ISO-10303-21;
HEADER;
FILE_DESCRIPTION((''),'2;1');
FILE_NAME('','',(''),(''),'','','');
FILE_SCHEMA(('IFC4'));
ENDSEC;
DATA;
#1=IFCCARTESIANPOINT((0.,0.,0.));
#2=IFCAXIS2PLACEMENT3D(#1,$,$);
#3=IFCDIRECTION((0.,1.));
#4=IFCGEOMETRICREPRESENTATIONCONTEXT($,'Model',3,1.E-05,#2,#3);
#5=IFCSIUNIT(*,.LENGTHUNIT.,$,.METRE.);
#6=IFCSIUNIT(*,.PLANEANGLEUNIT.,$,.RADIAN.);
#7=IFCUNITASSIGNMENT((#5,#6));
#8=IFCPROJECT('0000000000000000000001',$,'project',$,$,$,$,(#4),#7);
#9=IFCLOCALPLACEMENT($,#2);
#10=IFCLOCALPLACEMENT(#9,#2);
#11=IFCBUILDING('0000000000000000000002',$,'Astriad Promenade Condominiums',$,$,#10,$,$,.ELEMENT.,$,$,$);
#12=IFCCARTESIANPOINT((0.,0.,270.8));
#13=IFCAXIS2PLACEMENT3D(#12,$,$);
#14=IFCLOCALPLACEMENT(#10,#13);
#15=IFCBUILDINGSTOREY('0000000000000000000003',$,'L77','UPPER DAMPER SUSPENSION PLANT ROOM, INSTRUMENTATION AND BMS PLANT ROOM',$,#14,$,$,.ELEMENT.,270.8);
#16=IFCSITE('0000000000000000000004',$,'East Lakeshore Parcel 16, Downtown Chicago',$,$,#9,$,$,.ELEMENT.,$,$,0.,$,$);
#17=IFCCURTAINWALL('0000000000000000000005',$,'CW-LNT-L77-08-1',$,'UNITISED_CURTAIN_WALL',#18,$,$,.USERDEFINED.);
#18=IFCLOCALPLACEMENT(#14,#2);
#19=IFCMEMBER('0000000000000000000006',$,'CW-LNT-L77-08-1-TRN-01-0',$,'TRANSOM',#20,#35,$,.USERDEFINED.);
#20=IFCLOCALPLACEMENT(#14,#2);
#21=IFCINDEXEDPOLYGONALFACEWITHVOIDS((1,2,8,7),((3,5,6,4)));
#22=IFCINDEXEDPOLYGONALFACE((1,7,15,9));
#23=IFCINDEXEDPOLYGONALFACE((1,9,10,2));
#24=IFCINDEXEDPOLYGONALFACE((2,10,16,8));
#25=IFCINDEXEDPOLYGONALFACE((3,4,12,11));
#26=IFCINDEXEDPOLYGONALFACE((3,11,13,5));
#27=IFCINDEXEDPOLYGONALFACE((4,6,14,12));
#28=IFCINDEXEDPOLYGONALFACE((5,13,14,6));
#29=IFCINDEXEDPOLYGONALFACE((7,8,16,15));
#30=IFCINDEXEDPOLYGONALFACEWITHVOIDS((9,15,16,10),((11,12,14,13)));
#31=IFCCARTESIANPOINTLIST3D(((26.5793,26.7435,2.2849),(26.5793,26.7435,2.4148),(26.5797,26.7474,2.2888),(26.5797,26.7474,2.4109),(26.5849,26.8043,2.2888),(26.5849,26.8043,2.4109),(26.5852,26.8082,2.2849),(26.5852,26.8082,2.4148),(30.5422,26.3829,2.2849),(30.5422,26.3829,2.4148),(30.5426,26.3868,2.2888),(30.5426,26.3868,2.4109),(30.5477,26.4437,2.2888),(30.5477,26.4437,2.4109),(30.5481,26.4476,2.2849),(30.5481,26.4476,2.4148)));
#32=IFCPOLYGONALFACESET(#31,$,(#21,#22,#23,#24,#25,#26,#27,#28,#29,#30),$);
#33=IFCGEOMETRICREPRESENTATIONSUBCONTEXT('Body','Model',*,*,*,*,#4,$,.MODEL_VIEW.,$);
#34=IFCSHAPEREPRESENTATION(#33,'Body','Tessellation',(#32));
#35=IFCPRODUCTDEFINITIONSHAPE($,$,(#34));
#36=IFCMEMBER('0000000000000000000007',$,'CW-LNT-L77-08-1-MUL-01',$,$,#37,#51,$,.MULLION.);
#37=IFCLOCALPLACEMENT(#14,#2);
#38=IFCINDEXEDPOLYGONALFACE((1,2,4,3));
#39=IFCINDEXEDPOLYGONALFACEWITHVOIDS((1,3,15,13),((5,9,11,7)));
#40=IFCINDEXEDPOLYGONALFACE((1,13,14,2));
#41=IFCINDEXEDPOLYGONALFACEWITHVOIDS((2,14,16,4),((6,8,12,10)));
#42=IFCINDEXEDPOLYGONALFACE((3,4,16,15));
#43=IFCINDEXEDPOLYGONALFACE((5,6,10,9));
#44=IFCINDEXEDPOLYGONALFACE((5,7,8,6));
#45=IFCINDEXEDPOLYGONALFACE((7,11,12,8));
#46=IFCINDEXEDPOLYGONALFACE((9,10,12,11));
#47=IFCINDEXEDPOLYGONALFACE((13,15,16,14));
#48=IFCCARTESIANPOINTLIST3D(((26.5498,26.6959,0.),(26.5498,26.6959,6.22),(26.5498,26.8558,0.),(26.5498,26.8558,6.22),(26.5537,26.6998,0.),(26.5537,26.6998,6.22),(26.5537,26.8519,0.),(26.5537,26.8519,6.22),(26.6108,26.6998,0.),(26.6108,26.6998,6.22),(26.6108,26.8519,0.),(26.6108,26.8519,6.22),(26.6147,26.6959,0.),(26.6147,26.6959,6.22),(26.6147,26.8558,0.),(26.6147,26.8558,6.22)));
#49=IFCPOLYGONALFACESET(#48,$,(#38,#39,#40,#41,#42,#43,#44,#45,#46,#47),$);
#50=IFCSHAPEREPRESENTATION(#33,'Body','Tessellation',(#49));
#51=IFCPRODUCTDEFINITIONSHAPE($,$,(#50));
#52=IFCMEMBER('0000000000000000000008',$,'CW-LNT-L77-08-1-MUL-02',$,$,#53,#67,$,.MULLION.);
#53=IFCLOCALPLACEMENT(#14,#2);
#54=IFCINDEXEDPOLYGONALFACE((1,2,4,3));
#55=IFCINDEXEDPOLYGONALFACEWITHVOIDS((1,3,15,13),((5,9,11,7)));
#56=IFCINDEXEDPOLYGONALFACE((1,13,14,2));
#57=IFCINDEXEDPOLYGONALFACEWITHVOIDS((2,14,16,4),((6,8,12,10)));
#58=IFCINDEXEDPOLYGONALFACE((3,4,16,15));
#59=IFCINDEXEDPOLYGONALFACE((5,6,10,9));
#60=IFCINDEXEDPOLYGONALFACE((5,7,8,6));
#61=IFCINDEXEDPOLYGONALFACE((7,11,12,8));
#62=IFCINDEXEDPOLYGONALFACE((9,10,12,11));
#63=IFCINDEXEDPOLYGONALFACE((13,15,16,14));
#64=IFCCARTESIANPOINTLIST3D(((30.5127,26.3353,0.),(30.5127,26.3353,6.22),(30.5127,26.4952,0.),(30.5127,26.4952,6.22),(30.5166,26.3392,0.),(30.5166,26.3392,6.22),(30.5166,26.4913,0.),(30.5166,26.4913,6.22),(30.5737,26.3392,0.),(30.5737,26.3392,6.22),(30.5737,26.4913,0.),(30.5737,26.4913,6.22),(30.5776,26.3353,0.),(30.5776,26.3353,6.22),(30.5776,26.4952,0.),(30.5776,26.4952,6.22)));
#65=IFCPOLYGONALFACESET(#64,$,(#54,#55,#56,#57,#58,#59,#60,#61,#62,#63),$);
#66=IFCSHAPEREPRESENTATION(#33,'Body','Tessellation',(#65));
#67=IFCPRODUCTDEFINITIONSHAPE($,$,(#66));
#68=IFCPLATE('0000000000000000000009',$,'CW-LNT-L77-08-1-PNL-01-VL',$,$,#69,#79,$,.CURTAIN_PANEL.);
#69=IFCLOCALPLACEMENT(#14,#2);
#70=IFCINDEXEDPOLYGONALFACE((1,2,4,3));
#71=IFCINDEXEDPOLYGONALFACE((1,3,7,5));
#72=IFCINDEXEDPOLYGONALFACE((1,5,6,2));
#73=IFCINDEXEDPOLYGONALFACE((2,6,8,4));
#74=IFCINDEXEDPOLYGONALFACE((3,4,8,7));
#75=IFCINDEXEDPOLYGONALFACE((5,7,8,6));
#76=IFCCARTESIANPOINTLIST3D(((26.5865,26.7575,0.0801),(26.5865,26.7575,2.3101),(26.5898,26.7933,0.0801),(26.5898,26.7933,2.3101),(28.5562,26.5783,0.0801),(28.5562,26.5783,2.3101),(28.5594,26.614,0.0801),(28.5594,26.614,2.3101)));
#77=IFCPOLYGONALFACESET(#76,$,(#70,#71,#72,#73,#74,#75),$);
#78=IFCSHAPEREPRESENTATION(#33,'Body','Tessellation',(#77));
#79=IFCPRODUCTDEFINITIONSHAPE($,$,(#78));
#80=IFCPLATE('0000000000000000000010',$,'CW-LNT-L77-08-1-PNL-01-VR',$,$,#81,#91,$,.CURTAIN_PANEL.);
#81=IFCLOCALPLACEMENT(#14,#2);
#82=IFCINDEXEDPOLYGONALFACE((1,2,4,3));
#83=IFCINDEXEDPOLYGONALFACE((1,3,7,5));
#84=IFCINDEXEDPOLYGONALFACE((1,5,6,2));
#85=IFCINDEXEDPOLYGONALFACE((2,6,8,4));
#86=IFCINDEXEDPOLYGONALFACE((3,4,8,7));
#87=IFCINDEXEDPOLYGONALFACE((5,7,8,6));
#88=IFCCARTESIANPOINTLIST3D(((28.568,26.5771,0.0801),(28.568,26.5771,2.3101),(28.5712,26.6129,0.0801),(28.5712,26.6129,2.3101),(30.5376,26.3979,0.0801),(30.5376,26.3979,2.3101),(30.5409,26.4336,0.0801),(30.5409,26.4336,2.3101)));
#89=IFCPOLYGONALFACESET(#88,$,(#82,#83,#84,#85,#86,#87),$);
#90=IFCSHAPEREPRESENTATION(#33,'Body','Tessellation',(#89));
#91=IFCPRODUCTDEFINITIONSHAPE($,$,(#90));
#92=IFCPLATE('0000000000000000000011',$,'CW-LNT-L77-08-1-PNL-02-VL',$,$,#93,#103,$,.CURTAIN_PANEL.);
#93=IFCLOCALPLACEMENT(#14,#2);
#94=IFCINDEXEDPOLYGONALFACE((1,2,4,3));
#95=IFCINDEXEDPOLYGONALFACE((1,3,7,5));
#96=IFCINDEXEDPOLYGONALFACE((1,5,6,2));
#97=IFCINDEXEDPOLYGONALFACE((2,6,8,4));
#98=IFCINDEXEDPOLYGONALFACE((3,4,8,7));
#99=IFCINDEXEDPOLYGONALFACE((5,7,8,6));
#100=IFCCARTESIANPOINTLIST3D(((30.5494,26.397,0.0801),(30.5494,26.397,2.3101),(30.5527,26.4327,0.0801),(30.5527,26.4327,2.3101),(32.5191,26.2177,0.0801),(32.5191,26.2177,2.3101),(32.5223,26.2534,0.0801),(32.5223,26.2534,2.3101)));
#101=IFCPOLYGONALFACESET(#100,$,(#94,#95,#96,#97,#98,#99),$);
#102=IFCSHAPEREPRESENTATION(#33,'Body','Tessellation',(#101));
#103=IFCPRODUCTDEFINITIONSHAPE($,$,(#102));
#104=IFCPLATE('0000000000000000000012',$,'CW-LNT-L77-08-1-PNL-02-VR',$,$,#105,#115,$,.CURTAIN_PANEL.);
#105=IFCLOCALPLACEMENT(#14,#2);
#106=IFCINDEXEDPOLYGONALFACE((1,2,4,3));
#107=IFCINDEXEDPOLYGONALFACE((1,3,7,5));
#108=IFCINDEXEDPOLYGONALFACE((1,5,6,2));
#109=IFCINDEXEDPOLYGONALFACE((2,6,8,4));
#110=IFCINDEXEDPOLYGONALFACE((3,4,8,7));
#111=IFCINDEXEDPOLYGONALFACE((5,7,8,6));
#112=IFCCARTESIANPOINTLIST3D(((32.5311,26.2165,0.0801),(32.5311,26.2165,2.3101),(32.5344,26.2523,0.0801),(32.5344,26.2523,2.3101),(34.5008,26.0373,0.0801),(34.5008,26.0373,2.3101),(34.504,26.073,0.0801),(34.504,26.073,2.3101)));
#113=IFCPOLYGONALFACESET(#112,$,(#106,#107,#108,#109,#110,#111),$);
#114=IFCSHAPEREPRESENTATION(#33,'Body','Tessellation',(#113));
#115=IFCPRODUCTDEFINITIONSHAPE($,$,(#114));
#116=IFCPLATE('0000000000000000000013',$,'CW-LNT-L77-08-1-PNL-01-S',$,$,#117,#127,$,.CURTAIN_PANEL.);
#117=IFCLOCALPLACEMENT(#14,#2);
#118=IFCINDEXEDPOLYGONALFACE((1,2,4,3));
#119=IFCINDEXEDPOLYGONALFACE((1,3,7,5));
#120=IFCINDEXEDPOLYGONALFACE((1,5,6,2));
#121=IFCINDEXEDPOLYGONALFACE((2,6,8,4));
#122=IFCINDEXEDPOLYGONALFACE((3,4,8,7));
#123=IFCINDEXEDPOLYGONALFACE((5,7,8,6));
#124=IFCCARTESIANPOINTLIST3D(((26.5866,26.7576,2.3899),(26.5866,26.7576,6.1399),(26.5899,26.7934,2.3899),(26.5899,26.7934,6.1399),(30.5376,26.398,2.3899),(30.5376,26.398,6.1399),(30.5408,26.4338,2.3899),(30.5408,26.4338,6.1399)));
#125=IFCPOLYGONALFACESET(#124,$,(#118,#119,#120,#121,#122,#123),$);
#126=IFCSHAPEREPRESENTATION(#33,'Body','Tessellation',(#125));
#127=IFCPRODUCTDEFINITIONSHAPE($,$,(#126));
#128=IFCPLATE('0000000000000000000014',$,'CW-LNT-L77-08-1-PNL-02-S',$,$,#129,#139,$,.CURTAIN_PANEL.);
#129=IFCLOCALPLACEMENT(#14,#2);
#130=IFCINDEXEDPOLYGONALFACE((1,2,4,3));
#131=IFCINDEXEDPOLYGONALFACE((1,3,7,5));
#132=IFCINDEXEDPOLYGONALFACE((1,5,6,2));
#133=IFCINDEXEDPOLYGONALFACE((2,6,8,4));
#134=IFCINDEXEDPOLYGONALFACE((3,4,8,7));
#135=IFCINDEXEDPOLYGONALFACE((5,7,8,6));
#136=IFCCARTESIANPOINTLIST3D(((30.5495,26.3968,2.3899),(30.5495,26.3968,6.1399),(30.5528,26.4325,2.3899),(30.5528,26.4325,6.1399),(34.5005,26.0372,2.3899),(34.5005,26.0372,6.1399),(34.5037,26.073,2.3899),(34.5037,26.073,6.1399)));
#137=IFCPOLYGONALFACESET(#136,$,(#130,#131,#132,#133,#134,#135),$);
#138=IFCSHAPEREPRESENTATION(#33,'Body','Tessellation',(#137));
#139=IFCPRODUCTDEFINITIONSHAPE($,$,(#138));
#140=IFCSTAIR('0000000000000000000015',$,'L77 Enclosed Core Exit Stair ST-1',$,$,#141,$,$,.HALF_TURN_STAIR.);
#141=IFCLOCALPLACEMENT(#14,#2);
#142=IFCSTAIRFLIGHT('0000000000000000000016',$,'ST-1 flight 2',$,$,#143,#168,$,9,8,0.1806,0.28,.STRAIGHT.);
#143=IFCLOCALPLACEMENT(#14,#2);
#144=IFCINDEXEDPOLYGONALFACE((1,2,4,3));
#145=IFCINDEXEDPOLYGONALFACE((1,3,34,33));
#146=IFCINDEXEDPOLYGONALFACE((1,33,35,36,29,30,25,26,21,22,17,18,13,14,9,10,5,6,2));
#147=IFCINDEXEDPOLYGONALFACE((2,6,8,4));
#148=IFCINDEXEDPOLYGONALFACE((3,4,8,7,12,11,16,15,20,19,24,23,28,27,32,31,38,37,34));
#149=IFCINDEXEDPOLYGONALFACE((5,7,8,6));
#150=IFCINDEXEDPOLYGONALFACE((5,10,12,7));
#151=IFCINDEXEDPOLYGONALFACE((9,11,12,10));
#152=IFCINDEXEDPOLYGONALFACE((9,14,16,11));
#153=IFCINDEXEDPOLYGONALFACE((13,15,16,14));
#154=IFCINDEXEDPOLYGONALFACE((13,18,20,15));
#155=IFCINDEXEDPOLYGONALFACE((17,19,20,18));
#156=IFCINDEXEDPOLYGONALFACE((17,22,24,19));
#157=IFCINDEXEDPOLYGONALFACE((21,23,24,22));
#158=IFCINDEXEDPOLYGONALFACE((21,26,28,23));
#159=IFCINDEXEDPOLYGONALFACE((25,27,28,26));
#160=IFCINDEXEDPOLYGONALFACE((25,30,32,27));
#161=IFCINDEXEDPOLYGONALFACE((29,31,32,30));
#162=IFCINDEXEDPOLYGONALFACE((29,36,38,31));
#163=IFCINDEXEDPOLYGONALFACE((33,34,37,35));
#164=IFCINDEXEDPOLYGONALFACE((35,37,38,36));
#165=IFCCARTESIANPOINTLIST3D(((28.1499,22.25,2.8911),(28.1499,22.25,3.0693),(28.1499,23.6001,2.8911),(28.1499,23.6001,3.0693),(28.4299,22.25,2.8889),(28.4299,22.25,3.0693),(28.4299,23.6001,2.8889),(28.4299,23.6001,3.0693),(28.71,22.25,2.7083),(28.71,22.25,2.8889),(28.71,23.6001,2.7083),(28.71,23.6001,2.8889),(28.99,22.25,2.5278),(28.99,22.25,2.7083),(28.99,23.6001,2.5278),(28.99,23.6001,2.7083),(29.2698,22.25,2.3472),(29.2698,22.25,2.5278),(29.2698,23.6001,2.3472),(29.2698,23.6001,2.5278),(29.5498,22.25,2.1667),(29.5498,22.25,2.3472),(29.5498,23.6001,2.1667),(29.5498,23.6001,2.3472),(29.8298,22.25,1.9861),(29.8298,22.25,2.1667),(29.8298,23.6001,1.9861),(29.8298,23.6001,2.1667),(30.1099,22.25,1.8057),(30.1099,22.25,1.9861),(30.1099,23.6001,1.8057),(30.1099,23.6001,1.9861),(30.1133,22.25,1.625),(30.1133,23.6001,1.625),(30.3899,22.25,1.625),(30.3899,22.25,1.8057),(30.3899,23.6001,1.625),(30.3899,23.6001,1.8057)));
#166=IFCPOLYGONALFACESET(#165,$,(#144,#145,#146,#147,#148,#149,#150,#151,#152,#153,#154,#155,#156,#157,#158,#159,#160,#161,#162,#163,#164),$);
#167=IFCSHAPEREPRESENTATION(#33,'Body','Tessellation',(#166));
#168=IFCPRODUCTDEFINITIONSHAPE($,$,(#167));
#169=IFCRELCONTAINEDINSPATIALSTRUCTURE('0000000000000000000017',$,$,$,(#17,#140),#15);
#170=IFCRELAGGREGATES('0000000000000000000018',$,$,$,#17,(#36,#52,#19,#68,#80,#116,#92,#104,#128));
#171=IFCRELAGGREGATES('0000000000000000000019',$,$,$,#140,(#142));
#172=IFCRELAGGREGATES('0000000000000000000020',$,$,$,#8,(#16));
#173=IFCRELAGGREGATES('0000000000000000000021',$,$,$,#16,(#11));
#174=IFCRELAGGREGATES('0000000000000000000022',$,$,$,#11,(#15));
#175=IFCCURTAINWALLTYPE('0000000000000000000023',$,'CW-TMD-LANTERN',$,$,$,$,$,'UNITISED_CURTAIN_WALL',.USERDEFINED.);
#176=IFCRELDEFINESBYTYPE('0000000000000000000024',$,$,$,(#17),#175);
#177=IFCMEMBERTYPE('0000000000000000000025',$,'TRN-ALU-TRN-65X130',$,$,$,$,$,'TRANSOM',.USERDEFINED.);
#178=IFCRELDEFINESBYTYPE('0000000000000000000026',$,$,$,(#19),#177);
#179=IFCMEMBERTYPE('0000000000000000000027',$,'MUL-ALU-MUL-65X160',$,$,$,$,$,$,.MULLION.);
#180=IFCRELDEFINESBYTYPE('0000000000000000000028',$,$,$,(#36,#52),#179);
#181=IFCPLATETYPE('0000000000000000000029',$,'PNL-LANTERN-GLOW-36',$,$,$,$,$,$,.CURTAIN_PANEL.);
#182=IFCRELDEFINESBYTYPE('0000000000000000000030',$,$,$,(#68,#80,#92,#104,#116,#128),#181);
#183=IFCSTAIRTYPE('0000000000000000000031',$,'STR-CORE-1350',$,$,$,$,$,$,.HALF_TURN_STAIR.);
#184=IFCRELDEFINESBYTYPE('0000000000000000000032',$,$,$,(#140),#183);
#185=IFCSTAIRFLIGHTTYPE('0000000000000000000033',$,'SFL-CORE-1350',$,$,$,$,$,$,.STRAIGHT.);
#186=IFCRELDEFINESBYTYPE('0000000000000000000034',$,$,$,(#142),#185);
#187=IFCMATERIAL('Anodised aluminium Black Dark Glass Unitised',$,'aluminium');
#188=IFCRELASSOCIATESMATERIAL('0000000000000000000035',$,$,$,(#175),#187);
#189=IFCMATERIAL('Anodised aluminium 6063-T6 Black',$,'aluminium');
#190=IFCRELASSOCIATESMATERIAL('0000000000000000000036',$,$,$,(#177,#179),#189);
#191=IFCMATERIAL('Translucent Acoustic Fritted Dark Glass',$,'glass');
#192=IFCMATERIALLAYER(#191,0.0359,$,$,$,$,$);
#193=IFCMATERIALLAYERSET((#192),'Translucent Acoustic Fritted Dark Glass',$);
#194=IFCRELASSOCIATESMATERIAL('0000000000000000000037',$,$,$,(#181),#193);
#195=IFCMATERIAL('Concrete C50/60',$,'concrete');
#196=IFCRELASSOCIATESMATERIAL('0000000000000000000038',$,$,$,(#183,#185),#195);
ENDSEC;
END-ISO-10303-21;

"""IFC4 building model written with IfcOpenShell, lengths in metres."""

from ifc_helpers import new_model, si_unit, direction, frame, origin, origin_2d, place, context, subcontext, project, spatial, polyline, rectangle, hollow_rectangle, outline, extrude, source, transform, mapped, material, layer, layer_set, material_profile, profile_set, type_object, type_shapes, element, aggregate, save


model = new_model("IFC4")

# Units and contexts
model_context = context("Model", 3, precision=1e-05, world=origin(), true_north=direction((0.0, 1.0)))
body_context = subcontext(model_context, "Body", "Model", "MODEL_VIEW")
ifc_project = project(units=[si_unit("LENGTHUNIT", "METRE"), si_unit("PLANEANGLEUNIT", "RADIAN")], contexts=[model_context])

# Site, building, storey
site_placement = place(None, origin())
site = spatial("IfcSite", under=ifc_project, at=site_placement, Name="East Lakeshore Parcel 16, Downtown Chicago", CompositionType="ELEMENT", RefElevation=0.0)
building_placement = place(site_placement, origin())
building = spatial("IfcBuilding", under=site, at=building_placement, Name="Astriad Promenade Condominiums", CompositionType="ELEMENT")
storey_placement = place(building_placement, frame((0.0, 0.0, 270.8)))
storey = spatial("IfcBuildingStorey", under=building, at=storey_placement, Name="L77", Description="UPPER DAMPER SUSPENSION PLANT ROOM, INSTRUMENTATION AND BMS PLANT ROOM", CompositionType="ELEMENT", Elevation=270.8)

# Curtain wall, members, plates
ifc_material_1 = material(Name="Anodised aluminium Black Dark Glass Unitised", Category="aluminium")
curtain_wall_type = type_object("IfcCurtainWallType", Name="CW-TMD-LANTERN", ElementType="UNITISED_CURTAIN_WALL", PredefinedType="USERDEFINED", material=ifc_material_1)
curtain_wall_placement = place(storey_placement, origin())
curtain_wall = element("IfcCurtainWall", 1, at=curtain_wall_placement, inside=storey, type_object=curtain_wall_type, Name="CW-LNT-L77-08-1", ObjectType="UNITISED_CURTAIN_WALL", PredefinedType="USERDEFINED")
ifc_material_2 = material(Name="Anodised aluminium 6063-T6 Black", Category="aluminium")
ifc_material_profile_1 = material_profile(ifc_material_2, hollow_rectangle(XDim=0.0649, YDim=0.1299, WallThickness=0.0039, at=origin_2d()), Name="ALU-TRN-65X130")
ifc_profile_set_1 = profile_set([ifc_material_profile_1], Name="Anodised aluminium 6063-T6 Black")
member_type_1 = type_object("IfcMemberType", Name="TRN-ALU-TRN-65X130", ElementType="TRANSOM", PredefinedType="USERDEFINED", material=ifc_profile_set_1)
shared_shape_1 = source(origin(), body_context, "Body", "SweptSolid", [
    extrude(hollow_rectangle(XDim=0.0649, YDim=0.1299, WallThickness=0.0039, at=origin_2d()), origin(), (0.0, 0.0, 1.0), 3.9792),
])
member_1_placement = place(storey_placement, frame((26.5823, 26.7759, 2.3499), z_axis=(0.995886, -0.090619, 0.0), x_axis=(0.090619, 0.995886, 0.0)))
member_1 = element("IfcMember", 2, at=member_1_placement, type_object=member_type_1, Name="CW-LNT-L77-08-1-TRN-01-0", ObjectType="TRANSOM", PredefinedType="USERDEFINED", context=body_context, shape_type="MappedRepresentation", body=[
    mapped(shared_shape_1, transform((0.0, 0.0, 0.0), scale=1.0)),
])
ifc_material_profile_2 = material_profile(ifc_material_2, hollow_rectangle(XDim=0.0649, YDim=0.1599, WallThickness=0.0039, at=origin_2d()), Name="ALU-MUL-65X160")
ifc_profile_set_2 = profile_set([ifc_material_profile_2], Name="Anodised aluminium 6063-T6 Black")
member_type_2 = type_object("IfcMemberType", Name="MUL-ALU-MUL-65X160", PredefinedType="MULLION", material=ifc_profile_set_2)
shared_shape_2 = source(origin(), body_context, "Body", "SweptSolid", [
    extrude(hollow_rectangle(XDim=0.0649, YDim=0.1599, WallThickness=0.0039, at=origin_2d()), origin(), (0.0, 0.0, 1.0), 6.22),
])
type_shapes(member_type_2, [shared_shape_2])
member_2_placement = place(storey_placement, frame((26.5823, 26.7759, 0.0), z_axis=(0.0, 0.0, 1.0), x_axis=(1.0, 0.0, 0.0)))
member_2 = element("IfcMember", 3, at=member_2_placement, type_object=member_type_2, Name="CW-LNT-L77-08-1-MUL-01", PredefinedType="MULLION", context=body_context, shape_type="MappedRepresentation", body=[
    mapped(shared_shape_2, transform((0.0, 0.0, 0.0), scale=1.0)),
])
member_3_placement = place(storey_placement, frame((30.5452, 26.4153, 0.0), z_axis=(0.0, 0.0, 1.0), x_axis=(1.0, 0.0, 0.0)))
member_3 = element("IfcMember", 4, at=member_3_placement, type_object=member_type_2, Name="CW-LNT-L77-08-1-MUL-02", PredefinedType="MULLION", context=body_context, shape_type="MappedRepresentation", body=[
    mapped(shared_shape_2, transform((0.0, 0.0, 0.0), scale=1.0)),
])
ifc_material_3 = material(Name="Translucent Acoustic Fritted Dark Glass", Category="glass")
ifc_layer = layer(ifc_material_3, 0.0359)
ifc_layer_set = layer_set([ifc_layer], Name="Translucent Acoustic Fritted Dark Glass")
plate_type = type_object("IfcPlateType", Name="PNL-LANTERN-GLOW-36", PredefinedType="CURTAIN_PANEL", material=ifc_layer_set)
shared_shape_3 = source(origin(), body_context, "Body", "SweptSolid", [
    extrude(rectangle(XDim=1.9778, YDim=0.0359, at=origin_2d()), origin(), (0.0, 0.0, 1.0), 2.23),
])
plate_1_placement = place(storey_placement, frame((27.573, 26.6858, 0.0801), z_axis=(0.0, 0.0, 1.0), x_axis=(0.995884, -0.090633, 0.0)))
plate_1 = element("IfcPlate", 5, at=plate_1_placement, type_object=plate_type, Name="CW-LNT-L77-08-1-PNL-01-VL", PredefinedType="CURTAIN_PANEL", context=body_context, shape_type="MappedRepresentation", body=[
    mapped(shared_shape_3, transform((0.0, 0.0, 0.0), scale=1.0)),
])
plate_2_placement = place(storey_placement, frame((29.5544, 26.5054, 0.0801), z_axis=(0.0, 0.0, 1.0), x_axis=(0.995884, -0.090633, 0.0)))
plate_2 = element("IfcPlate", 6, at=plate_2_placement, type_object=plate_type, Name="CW-LNT-L77-08-1-PNL-01-VR", PredefinedType="CURTAIN_PANEL", context=body_context, shape_type="MappedRepresentation", body=[
    mapped(shared_shape_3, transform((0.0, 0.0, 0.0), scale=1.0)),
])
plate_3_placement = place(storey_placement, frame((31.5359, 26.3252, 0.0801), z_axis=(0.0, 0.0, 1.0), x_axis=(0.995884, -0.090633, 0.0)))
plate_3 = element("IfcPlate", 7, at=plate_3_placement, type_object=plate_type, Name="CW-LNT-L77-08-1-PNL-02-VL", PredefinedType="CURTAIN_PANEL", context=body_context, shape_type="MappedRepresentation", body=[
    mapped(shared_shape_3, transform((0.0, 0.0, 0.0), scale=1.0)),
])
plate_4_placement = place(storey_placement, frame((33.5176, 26.1448, 0.0801), z_axis=(0.0, 0.0, 1.0), x_axis=(0.995884, -0.090633, 0.0)))
plate_4 = element("IfcPlate", 8, at=plate_4_placement, type_object=plate_type, Name="CW-LNT-L77-08-1-PNL-02-VR", PredefinedType="CURTAIN_PANEL", context=body_context, shape_type="MappedRepresentation", body=[
    mapped(shared_shape_3, transform((0.0, 0.0, 0.0), scale=1.0)),
])
shared_shape_4 = source(origin(), body_context, "Body", "SweptSolid", [
    extrude(rectangle(XDim=3.9673, YDim=0.0359, at=origin_2d()), origin(), (0.0, 0.0, 1.0), 3.75),
])
type_shapes(plate_type, [shared_shape_3, shared_shape_4])
plate_5_placement = place(storey_placement, frame((28.5637, 26.5957, 2.3899), z_axis=(0.0, 0.0, 1.0), x_axis=(0.995884, -0.090633, 0.0)))
plate_5 = element("IfcPlate", 9, at=plate_5_placement, type_object=plate_type, Name="CW-LNT-L77-08-1-PNL-01-S", PredefinedType="CURTAIN_PANEL", context=body_context, shape_type="MappedRepresentation", body=[
    mapped(shared_shape_4, transform((0.0, 0.0, 0.0), scale=1.0)),
])
plate_6_placement = place(storey_placement, frame((32.5266, 26.2349, 2.3899), z_axis=(0.0, 0.0, 1.0), x_axis=(0.995884, -0.090633, 0.0)))
plate_6 = element("IfcPlate", 10, at=plate_6_placement, type_object=plate_type, Name="CW-LNT-L77-08-1-PNL-02-S", PredefinedType="CURTAIN_PANEL", context=body_context, shape_type="MappedRepresentation", body=[
    mapped(shared_shape_4, transform((0.0, 0.0, 0.0), scale=1.0)),
])
aggregate(curtain_wall, [member_2, member_3, member_1, plate_1, plate_2, plate_5, plate_3, plate_4, plate_6])

# Stair, stair flight
ifc_material_4 = material(Name="Concrete C50/60", Category="concrete")
stair_type = type_object("IfcStairType", Name="STR-CORE-1350", PredefinedType="HALF_TURN_STAIR", material=ifc_material_4)
stair_placement = place(storey_placement, origin())
stair = element("IfcStair", 11, at=stair_placement, inside=storey, type_object=stair_type, Name="L77 Enclosed Core Exit Stair ST-1", PredefinedType="HALF_TURN_STAIR")
stair_flight_type = type_object("IfcStairFlightType", Name="SFL-CORE-1350", PredefinedType="STRAIGHT", material=ifc_material_4)
shared_shape_5 = source(origin(), body_context, "Body", "SweptSolid", [
    extrude(outline(polyline([(0.0, 0.0), (0.0, 0.1807), (0.28, 0.1807), (0.28, 0.3611), (0.5601, 0.3611), (0.5601, 0.5417), (0.8401, 0.5417), (0.8401, 0.7222), (1.1201, 0.7222), (1.1201, 0.9028), (1.3999, 0.9028), (1.3999, 1.0833), (1.6799, 1.0833), (1.6799, 1.2639), (1.96, 1.2639), (1.96, 1.4443), (2.24, 1.4443), (2.24, 1.625), (2.24, 1.2661), (0.2766, 0.0), (0.0, 0.0)])), frame((0.0, 0.675, 0.0), z_axis=(0.0, -1.0, 0.0), x_axis=(1.0, 0.0, 0.0)), (0.0, 0.0, 1.0), 1.3501),
])
type_shapes(stair_flight_type, [shared_shape_5])
stair_flight_1_placement = place(storey_placement, frame((30.3899, 22.925, 1.625), z_axis=(0.0, 0.0, 1.0), x_axis=(-1.0, 0.0, 0.0)))
stair_flight_1 = element("IfcStairFlight", 12, at=stair_flight_1_placement, type_object=stair_flight_type, Name="ST-1 flight 2", NumberOfRisers=9, NumberOfTreads=8, PredefinedType="STRAIGHT", RiserHeight=0.1806, TreadLength=0.28, context=body_context, shape_type="MappedRepresentation", body=[
    mapped(shared_shape_5, transform((0.0, 0.0, 0.0), scale=1.0)),
])
aggregate(stair, [stair_flight_1])

save(model, "model.ifc")
